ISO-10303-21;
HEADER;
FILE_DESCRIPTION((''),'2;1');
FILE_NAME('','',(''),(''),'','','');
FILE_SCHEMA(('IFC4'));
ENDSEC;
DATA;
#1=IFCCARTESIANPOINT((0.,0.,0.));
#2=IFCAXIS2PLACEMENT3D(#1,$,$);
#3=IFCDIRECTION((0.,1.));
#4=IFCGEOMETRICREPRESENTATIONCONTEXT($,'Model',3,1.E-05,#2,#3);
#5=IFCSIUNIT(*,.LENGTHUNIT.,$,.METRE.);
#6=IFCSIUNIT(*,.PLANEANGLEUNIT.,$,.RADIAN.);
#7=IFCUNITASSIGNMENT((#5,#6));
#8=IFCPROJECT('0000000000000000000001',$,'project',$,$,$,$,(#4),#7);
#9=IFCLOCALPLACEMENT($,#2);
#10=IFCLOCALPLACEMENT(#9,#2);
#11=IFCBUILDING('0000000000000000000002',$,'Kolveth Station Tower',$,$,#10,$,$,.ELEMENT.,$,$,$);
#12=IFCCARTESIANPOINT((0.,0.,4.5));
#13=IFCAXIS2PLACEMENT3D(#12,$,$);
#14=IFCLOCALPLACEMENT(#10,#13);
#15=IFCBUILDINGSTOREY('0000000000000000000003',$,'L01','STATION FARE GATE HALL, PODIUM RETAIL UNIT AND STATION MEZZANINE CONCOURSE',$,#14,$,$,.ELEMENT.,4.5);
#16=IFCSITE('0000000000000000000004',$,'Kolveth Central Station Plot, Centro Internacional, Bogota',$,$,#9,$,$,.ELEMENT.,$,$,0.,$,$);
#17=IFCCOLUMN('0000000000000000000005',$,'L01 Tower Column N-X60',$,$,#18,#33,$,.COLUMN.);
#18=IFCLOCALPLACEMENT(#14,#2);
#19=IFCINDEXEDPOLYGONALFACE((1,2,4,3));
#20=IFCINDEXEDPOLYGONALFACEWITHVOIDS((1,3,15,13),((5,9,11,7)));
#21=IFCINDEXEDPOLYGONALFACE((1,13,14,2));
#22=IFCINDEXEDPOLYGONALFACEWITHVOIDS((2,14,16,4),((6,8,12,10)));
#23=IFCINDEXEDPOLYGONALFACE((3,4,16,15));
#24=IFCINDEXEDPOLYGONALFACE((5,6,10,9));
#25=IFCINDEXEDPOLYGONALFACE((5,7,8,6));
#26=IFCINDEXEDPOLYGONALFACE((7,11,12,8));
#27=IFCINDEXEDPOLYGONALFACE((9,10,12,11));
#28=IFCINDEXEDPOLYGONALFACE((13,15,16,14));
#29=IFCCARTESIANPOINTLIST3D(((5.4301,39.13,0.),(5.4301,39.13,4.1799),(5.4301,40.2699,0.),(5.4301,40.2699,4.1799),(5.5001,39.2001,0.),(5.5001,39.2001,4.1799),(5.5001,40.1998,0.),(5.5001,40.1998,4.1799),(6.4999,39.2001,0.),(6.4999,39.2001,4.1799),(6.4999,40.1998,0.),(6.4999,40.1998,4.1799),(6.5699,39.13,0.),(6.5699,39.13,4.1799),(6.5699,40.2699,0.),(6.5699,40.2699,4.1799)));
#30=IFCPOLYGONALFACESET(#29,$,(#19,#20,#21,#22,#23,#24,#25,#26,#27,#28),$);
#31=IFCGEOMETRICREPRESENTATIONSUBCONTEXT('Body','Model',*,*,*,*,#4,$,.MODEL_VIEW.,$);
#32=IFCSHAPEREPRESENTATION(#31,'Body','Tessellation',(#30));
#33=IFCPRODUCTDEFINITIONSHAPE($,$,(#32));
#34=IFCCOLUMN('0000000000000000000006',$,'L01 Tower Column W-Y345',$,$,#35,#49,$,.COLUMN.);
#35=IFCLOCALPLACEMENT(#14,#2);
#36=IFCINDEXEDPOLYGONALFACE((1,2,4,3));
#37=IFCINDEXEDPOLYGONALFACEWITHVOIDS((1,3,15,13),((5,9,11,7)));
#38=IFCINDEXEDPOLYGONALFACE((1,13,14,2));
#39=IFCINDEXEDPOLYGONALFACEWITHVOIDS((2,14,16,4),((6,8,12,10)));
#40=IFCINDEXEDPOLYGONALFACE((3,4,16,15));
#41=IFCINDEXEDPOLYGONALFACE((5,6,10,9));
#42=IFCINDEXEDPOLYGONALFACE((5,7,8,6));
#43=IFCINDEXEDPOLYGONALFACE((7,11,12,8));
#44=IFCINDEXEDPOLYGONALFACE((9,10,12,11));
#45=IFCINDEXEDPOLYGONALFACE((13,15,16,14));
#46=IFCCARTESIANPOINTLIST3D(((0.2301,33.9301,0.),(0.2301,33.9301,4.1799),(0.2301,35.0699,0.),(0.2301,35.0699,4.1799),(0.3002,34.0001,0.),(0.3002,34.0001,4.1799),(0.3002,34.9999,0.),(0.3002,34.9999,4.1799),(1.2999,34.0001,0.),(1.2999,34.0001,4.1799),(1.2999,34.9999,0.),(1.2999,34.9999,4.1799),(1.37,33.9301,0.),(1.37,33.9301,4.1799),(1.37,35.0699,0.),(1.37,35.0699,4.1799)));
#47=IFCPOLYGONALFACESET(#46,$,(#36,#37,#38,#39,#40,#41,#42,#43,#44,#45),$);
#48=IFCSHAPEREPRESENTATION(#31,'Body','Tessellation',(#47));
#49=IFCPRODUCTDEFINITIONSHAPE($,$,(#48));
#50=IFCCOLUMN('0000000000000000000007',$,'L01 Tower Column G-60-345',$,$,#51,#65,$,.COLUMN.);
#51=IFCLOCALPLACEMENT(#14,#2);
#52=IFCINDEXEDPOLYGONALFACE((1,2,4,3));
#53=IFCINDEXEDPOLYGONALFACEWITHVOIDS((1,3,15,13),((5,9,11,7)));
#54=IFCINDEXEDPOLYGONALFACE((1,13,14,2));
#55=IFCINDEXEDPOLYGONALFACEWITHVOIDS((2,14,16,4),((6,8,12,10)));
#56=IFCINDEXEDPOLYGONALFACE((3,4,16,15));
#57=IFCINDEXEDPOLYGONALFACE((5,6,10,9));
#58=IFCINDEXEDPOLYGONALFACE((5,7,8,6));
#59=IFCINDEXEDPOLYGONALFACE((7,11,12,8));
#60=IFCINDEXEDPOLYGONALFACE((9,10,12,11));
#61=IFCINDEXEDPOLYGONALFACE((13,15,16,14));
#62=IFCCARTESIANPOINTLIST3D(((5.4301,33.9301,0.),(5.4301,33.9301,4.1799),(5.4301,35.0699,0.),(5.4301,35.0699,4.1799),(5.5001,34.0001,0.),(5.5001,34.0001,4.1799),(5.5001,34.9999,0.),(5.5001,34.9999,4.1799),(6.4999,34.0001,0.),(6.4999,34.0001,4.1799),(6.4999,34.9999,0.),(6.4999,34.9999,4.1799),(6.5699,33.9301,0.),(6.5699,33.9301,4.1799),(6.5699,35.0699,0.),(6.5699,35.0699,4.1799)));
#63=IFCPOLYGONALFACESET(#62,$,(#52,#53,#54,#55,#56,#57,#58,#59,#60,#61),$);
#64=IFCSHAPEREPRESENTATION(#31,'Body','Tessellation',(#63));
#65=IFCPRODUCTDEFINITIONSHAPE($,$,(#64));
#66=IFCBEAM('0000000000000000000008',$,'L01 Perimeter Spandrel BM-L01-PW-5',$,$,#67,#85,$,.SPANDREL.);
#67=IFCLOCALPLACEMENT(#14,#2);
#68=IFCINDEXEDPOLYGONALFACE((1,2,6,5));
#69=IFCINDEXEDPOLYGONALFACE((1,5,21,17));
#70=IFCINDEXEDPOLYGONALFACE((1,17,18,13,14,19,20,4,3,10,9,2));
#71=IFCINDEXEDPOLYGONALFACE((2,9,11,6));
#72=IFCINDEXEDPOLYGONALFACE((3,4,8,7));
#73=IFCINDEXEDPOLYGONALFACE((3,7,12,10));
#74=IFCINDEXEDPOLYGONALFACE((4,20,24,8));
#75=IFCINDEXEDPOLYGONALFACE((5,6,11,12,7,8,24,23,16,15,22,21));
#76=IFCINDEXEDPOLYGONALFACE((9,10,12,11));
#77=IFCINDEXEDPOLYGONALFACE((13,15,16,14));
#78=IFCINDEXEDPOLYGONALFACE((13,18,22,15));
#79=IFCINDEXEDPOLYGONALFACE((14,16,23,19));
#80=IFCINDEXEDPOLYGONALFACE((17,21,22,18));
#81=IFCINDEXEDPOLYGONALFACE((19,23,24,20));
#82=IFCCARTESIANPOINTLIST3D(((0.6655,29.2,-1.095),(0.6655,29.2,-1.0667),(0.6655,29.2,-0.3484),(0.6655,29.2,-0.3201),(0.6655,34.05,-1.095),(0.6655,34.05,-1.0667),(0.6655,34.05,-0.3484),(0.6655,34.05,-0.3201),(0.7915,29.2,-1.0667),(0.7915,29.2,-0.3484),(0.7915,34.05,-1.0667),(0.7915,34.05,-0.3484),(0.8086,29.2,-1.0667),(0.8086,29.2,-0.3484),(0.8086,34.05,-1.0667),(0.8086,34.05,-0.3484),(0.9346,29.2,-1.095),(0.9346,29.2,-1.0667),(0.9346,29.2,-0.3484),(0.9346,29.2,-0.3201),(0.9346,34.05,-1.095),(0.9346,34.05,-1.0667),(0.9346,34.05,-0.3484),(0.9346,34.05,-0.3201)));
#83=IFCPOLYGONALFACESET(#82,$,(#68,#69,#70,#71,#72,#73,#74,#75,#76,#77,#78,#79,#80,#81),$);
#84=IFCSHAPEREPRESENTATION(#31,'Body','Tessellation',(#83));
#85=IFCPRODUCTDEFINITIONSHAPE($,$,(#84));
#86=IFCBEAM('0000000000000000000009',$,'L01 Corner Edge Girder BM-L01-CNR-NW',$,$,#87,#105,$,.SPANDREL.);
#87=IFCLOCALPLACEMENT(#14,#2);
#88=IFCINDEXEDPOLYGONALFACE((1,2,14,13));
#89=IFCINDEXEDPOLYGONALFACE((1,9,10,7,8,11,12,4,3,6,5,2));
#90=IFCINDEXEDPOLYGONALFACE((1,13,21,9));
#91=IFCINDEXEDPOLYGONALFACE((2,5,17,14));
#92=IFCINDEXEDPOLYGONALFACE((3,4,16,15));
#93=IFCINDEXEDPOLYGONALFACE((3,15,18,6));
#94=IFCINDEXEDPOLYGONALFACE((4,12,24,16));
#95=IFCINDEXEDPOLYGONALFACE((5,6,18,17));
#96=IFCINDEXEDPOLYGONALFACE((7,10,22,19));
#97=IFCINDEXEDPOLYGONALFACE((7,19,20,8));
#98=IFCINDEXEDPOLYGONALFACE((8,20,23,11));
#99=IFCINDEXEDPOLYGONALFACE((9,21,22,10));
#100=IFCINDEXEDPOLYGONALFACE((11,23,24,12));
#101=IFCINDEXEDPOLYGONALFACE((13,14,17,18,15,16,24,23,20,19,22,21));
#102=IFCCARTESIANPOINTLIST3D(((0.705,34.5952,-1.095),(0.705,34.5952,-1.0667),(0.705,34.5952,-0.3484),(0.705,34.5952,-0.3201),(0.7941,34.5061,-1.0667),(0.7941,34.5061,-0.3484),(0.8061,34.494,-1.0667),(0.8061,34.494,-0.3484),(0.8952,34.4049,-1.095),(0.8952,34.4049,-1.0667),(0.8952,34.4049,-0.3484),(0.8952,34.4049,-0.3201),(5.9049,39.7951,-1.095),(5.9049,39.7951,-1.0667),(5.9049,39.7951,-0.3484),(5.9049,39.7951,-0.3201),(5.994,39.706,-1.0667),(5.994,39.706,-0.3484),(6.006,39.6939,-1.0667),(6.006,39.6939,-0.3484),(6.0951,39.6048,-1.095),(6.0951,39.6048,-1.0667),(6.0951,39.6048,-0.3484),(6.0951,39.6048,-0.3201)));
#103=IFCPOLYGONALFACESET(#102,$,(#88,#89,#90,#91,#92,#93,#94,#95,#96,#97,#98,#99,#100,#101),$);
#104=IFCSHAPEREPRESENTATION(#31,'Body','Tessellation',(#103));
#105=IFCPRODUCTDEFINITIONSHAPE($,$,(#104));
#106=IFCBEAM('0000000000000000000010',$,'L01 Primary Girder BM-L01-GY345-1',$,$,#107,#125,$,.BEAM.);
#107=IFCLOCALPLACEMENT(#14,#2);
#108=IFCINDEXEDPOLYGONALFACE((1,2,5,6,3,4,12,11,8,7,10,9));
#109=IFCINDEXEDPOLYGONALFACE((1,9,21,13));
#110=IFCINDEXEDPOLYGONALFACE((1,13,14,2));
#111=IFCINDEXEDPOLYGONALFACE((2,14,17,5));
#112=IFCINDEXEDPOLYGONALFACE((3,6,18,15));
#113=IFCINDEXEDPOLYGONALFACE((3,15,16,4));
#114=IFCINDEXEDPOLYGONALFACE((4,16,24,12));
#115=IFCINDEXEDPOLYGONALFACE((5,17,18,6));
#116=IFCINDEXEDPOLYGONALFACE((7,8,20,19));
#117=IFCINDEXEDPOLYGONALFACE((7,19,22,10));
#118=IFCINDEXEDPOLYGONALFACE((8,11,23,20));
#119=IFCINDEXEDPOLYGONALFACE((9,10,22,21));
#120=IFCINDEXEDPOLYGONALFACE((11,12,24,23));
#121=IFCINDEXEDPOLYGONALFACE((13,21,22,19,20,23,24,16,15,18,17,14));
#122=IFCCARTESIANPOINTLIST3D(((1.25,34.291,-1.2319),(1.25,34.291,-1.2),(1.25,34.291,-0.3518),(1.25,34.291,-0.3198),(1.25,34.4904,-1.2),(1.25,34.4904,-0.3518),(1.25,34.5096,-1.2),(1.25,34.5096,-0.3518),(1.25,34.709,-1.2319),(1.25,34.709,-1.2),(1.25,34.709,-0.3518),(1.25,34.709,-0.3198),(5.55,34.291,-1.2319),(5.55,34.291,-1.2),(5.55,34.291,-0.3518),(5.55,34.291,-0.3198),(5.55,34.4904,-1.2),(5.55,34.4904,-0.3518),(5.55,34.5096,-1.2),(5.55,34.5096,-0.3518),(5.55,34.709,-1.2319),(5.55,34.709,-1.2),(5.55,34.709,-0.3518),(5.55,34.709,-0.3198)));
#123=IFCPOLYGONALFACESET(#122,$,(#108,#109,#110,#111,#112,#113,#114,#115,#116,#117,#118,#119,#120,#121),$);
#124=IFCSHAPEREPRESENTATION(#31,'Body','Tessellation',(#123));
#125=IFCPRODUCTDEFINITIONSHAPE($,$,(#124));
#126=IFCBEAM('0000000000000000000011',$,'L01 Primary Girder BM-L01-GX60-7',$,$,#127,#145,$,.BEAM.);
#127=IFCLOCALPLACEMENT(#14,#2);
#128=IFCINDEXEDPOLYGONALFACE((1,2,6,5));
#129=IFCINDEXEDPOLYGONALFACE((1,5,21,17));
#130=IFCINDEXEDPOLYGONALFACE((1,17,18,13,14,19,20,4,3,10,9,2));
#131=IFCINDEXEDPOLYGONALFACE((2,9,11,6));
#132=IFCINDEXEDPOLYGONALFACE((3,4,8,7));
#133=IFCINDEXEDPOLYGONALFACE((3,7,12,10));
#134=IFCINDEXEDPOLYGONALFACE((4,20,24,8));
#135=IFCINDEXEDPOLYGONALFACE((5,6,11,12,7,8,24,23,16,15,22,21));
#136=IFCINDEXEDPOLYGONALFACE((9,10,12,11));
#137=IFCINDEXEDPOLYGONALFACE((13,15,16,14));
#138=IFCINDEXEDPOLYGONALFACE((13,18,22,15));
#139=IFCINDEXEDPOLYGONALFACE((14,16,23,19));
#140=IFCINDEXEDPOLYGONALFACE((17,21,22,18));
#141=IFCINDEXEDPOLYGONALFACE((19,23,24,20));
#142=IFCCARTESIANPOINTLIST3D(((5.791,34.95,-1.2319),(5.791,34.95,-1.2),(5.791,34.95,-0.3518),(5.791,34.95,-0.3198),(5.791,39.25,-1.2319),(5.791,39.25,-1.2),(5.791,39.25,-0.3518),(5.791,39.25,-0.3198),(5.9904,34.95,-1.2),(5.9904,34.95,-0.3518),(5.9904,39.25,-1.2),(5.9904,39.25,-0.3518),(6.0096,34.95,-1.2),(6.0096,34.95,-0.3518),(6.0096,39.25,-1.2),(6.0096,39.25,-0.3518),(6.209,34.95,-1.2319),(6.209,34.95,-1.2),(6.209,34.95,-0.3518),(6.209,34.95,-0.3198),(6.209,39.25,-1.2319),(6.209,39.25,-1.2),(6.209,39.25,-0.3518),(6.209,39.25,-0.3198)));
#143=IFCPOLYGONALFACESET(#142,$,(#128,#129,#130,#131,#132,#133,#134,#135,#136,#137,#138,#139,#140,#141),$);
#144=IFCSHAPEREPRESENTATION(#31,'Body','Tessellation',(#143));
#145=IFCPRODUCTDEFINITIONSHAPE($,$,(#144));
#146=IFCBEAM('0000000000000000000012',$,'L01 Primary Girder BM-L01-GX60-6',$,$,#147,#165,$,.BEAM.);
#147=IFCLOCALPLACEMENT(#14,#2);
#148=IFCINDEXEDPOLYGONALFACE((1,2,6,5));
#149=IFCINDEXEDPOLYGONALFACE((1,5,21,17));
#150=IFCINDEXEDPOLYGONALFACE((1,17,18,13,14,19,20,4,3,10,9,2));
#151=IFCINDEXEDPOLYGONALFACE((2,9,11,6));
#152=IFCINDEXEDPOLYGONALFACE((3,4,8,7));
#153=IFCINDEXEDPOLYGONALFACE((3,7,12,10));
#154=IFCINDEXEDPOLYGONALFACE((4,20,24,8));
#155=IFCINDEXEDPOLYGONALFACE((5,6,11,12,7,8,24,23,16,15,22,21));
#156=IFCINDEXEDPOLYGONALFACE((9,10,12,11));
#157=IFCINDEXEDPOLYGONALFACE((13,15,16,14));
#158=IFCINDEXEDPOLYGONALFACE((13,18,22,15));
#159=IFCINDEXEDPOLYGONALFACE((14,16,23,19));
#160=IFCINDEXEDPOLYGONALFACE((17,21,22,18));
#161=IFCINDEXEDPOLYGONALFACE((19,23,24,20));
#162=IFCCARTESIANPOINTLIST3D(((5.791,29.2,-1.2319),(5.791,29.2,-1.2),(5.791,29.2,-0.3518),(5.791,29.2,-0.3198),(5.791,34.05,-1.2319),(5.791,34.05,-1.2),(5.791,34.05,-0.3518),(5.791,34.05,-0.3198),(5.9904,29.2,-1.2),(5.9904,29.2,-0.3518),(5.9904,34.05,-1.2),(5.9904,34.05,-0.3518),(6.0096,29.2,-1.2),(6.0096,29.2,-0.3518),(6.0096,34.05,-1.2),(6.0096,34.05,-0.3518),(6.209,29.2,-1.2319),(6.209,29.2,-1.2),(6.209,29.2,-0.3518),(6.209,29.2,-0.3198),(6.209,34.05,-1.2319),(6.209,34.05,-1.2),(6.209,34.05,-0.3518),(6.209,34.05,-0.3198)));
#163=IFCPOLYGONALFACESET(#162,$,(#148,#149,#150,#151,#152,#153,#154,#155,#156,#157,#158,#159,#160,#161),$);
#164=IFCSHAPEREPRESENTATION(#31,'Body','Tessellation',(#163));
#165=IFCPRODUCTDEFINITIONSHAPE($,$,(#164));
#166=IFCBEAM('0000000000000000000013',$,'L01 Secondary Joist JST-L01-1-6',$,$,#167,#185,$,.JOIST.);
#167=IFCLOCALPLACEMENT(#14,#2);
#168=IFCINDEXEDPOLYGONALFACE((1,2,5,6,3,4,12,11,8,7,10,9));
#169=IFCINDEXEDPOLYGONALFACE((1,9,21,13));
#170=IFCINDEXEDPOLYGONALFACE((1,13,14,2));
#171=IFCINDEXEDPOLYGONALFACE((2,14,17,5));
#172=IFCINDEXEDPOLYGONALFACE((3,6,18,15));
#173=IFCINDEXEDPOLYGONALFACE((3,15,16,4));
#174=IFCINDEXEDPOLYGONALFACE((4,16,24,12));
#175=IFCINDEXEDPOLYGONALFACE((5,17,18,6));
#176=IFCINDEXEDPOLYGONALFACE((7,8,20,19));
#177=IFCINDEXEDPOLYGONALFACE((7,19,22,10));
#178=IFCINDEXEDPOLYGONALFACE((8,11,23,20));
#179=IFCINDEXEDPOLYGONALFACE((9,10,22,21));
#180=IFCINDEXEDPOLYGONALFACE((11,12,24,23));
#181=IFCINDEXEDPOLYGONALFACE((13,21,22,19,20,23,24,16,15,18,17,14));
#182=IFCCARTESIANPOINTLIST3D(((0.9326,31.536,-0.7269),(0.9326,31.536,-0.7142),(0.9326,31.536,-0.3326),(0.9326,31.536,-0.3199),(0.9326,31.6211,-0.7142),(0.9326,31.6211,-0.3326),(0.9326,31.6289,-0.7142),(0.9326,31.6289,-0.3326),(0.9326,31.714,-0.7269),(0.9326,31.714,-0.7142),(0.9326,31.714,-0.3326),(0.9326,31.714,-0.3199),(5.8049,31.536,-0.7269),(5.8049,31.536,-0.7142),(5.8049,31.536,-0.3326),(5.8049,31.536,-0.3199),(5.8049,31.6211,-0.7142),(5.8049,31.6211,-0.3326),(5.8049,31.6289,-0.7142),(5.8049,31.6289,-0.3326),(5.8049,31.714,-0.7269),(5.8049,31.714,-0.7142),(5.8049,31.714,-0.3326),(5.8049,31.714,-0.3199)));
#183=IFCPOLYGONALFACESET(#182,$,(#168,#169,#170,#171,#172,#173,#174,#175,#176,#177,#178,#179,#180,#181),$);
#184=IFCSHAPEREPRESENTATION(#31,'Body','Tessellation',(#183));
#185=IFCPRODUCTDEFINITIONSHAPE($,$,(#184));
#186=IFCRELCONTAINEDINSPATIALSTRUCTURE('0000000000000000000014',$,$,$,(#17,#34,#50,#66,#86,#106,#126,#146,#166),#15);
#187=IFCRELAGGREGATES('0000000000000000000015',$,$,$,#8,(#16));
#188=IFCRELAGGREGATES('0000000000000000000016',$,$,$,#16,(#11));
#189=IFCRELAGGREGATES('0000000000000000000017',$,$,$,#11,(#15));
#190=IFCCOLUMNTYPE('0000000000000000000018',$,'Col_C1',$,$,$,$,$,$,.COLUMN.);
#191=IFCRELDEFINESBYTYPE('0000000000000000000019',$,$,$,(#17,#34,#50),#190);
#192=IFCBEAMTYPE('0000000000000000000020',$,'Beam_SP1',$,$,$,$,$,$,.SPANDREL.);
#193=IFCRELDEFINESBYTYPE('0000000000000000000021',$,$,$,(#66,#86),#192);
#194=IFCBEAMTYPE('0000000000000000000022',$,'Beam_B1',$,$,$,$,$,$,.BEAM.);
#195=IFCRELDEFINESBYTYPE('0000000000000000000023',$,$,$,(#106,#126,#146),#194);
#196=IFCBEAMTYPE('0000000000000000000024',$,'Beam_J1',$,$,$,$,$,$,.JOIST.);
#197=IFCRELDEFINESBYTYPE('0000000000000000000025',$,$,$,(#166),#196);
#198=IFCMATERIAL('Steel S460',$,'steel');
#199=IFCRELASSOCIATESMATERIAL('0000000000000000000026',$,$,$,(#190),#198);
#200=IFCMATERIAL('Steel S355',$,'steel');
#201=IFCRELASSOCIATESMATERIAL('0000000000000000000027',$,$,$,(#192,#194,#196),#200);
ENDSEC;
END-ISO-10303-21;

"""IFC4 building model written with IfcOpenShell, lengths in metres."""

from ifc_helpers import new_model, si_unit, direction, frame, origin, origin_2d, place, context, subcontext, project, spatial, hollow_rectangle, i_section, extrude, source, transform, mapped, material, material_profile, profile_set, type_object, element, save


model = new_model("IFC4")

# Units and contexts
model_context = context("Model", 3, precision=1e-05, world=origin(), true_north=direction((0.0, 1.0)))
body_context = subcontext(model_context, "Body", "Model", "MODEL_VIEW")
ifc_project = project(units=[si_unit("LENGTHUNIT", "METRE"), si_unit("PLANEANGLEUNIT", "RADIAN")], contexts=[model_context])

# Site, building, storey
site_placement = place(None, origin())
site = spatial("IfcSite", under=ifc_project, at=site_placement, Name="Kolveth Central Station Plot, Centro Internacional, Bogota", CompositionType="ELEMENT", RefElevation=0.0)
building_placement = place(site_placement, origin())
building = spatial("IfcBuilding", under=site, at=building_placement, Name="Kolveth Station Tower", CompositionType="ELEMENT")
storey_placement = place(building_placement, frame((0.0, 0.0, 4.5)))
storey = spatial("IfcBuildingStorey", under=building, at=storey_placement, Name="L01", Description="STATION FARE GATE HALL, PODIUM RETAIL UNIT AND STATION MEZZANINE CONCOURSE", CompositionType="ELEMENT", Elevation=4.5)

# Columns
ifc_material_1 = material(Name="Steel S460", Category="steel")
ifc_material_profile_1 = material_profile(ifc_material_1, hollow_rectangle(XDim=1.1399, YDim=1.1399, WallThickness=0.0701, at=origin_2d()), Name="BOX1140x1140x70")
ifc_profile_set_1 = profile_set([ifc_material_profile_1], Name="Steel S460")
column_type = type_object("IfcColumnType", Name="Col_C1", PredefinedType="COLUMN", material=ifc_profile_set_1)
shared_shape_1 = source(origin(), body_context, "Body", "SweptSolid", [
    extrude(hollow_rectangle(XDim=1.1399, YDim=1.1399, WallThickness=0.0701, at=origin_2d()), origin(), (0.0, 0.0, 1.0), 4.1799),
])
for number, where, z_axis, x_axis, name in (
    (1, (6.0, 39.7, 0.0), (0.0, 0.0, 1.0), (1.0, 0.0, 0.0), "L01 Tower Column N-X60"),
    (2, (0.8, 34.5, 0.0), (0.0, 0.0, 1.0), (1.0, 0.0, 0.0), "L01 Tower Column W-Y345"),
    (3, (6.0, 34.5, 0.0), (0.0, 0.0, 1.0), (1.0, 0.0, 0.0), "L01 Tower Column G-60-345"),
):
    element("IfcColumn", number, at=place(storey_placement, frame(where, z_axis=z_axis, x_axis=x_axis)), inside=storey, type_object=column_type, Name=name, PredefinedType="COLUMN", context=body_context, shape_type="MappedRepresentation", body=[
        mapped(shared_shape_1, transform((0.0, 0.0, 0.0), x_axis=(1.0, 0.0, 0.0), y_axis=(0.0, 1.0, 0.0), z_axis=(0.0, 0.0, 1.0), scale=1.0)),
    ])

# Beams
ifc_material_2 = material(Name="Steel S355", Category="steel")
ifc_material_profile_2 = material_profile(ifc_material_2, i_section(OverallWidth=0.269, OverallDepth=0.7749, WebThickness=0.0171, FlangeThickness=0.0283, at=origin_2d()), Name="W760x220")
ifc_profile_set_2 = profile_set([ifc_material_profile_2], Name="Steel S355")
beam_type_1 = type_object("IfcBeamType", Name="Beam_SP1", PredefinedType="SPANDREL", material=ifc_profile_set_2)
shared_shape_2 = source(origin(), body_context, "Body", "SweptSolid", [
    extrude(i_section(OverallWidth=0.269, OverallDepth=0.7749, WebThickness=0.0171, FlangeThickness=0.0283, at=origin_2d()), origin(), (0.0, 0.0, 1.0), 4.8501),
])
beam_1_placement = place(storey_placement, frame((0.8, 29.2, -0.7075), z_axis=(0.0, 1.0, 0.0), x_axis=(-1.0, 0.0, 0.0)))
element("IfcBeam", 4, at=beam_1_placement, inside=storey, type_object=beam_type_1, Name="L01 Perimeter Spandrel BM-L01-PW-5", PredefinedType="SPANDREL", context=body_context, shape_type="MappedRepresentation", body=[
    mapped(shared_shape_2, transform((0.0, 0.0, 0.0), x_axis=(1.0, 0.0, 0.0), y_axis=(0.0, 1.0, 0.0), z_axis=(0.0, 0.0, 1.0), scale=1.0)),
])
shared_shape_3 = source(origin(), body_context, "Body", "SweptSolid", [
    extrude(i_section(OverallWidth=0.269, OverallDepth=0.7749, WebThickness=0.0171, FlangeThickness=0.0283, at=origin_2d()), origin(), (0.0, 0.0, 1.0), 7.3538),
])
beam_2_placement = place(storey_placement, frame((6.0, 39.7, -0.7075), z_axis=(-0.707107, -0.707107, 0.0), x_axis=(0.707107, -0.707107, 0.0)))
element("IfcBeam", 5, at=beam_2_placement, inside=storey, type_object=beam_type_1, Name="L01 Corner Edge Girder BM-L01-CNR-NW", PredefinedType="SPANDREL", context=body_context, shape_type="MappedRepresentation", body=[
    mapped(shared_shape_3, transform((0.0, 0.0, 0.0), x_axis=(1.0, 0.0, 0.0), y_axis=(0.0, 1.0, 0.0), z_axis=(0.0, 0.0, 1.0), scale=1.0)),
])
ifc_material_profile_3 = material_profile(ifc_material_2, i_section(OverallWidth=0.418, OverallDepth=0.9121, WebThickness=0.0193, FlangeThickness=0.032, at=origin_2d()), Name="W920x342")
ifc_profile_set_3 = profile_set([ifc_material_profile_3], Name="Steel S355")
beam_type_2 = type_object("IfcBeamType", Name="Beam_B1", PredefinedType="BEAM", material=ifc_profile_set_3)
shared_shape_4 = source(origin(), body_context, "Body", "SweptSolid", [
    extrude(i_section(OverallWidth=0.418, OverallDepth=0.9121, WebThickness=0.0193, FlangeThickness=0.032, at=origin_2d()), origin(), (0.0, 0.0, 1.0), 4.3),
])
for number, where, z_axis, x_axis, name in (
    (6, (1.25, 34.5, -0.7759), (1.0, 0.0, 0.0), (0.0, 1.0, 0.0), "L01 Primary Girder BM-L01-GY345-1"),
    (7, (6.0, 34.95, -0.7759), (0.0, 1.0, 0.0), (-1.0, 0.0, 0.0), "L01 Primary Girder BM-L01-GX60-7"),
):
    element("IfcBeam", number, at=place(storey_placement, frame(where, z_axis=z_axis, x_axis=x_axis)), inside=storey, type_object=beam_type_2, Name=name, PredefinedType="BEAM", context=body_context, shape_type="MappedRepresentation", body=[
        mapped(shared_shape_4, transform((0.0, 0.0, 0.0), x_axis=(1.0, 0.0, 0.0), y_axis=(0.0, 1.0, 0.0), z_axis=(0.0, 0.0, 1.0), scale=1.0)),
    ])
shared_shape_5 = source(origin(), body_context, "Body", "SweptSolid", [
    extrude(i_section(OverallWidth=0.418, OverallDepth=0.9121, WebThickness=0.0193, FlangeThickness=0.032, at=origin_2d()), origin(), (0.0, 0.0, 1.0), 4.8501),
])
beam_3_placement = place(storey_placement, frame((6.0, 29.2, -0.7759), z_axis=(0.0, 1.0, 0.0), x_axis=(-1.0, 0.0, 0.0)))
element("IfcBeam", 8, at=beam_3_placement, inside=storey, type_object=beam_type_2, Name="L01 Primary Girder BM-L01-GX60-6", PredefinedType="BEAM", context=body_context, shape_type="MappedRepresentation", body=[
    mapped(shared_shape_5, transform((0.0, 0.0, 0.0), x_axis=(1.0, 0.0, 0.0), y_axis=(0.0, 1.0, 0.0), z_axis=(0.0, 0.0, 1.0), scale=1.0)),
])
ifc_material_profile_4 = material_profile(ifc_material_2, i_section(OverallWidth=0.178, OverallDepth=0.407, WebThickness=0.0078, FlangeThickness=0.0127, at=origin_2d()), Name="W410x60")
ifc_profile_set_4 = profile_set([ifc_material_profile_4], Name="Steel S355")
beam_type_3 = type_object("IfcBeamType", Name="Beam_J1", PredefinedType="JOIST", material=ifc_profile_set_4)
shared_shape_6 = source(origin(), body_context, "Body", "SweptSolid", [
    extrude(i_section(OverallWidth=0.178, OverallDepth=0.407, WebThickness=0.0078, FlangeThickness=0.0127, at=origin_2d()), origin(), (0.0, 0.0, 1.0), 4.8723),
])
beam_4_placement = place(storey_placement, frame((0.9326, 31.625, -0.5234), z_axis=(1.0, 0.0, 0.0), x_axis=(0.0, 1.0, 0.0)))
element("IfcBeam", 9, at=beam_4_placement, inside=storey, type_object=beam_type_3, Name="L01 Secondary Joist JST-L01-1-6", PredefinedType="JOIST", context=body_context, shape_type="MappedRepresentation", body=[
    mapped(shared_shape_6, transform((0.0, 0.0, 0.0), x_axis=(1.0, 0.0, 0.0), y_axis=(0.0, 1.0, 0.0), z_axis=(0.0, 0.0, 1.0), scale=1.0)),
])

save(model, "model.ifc")
